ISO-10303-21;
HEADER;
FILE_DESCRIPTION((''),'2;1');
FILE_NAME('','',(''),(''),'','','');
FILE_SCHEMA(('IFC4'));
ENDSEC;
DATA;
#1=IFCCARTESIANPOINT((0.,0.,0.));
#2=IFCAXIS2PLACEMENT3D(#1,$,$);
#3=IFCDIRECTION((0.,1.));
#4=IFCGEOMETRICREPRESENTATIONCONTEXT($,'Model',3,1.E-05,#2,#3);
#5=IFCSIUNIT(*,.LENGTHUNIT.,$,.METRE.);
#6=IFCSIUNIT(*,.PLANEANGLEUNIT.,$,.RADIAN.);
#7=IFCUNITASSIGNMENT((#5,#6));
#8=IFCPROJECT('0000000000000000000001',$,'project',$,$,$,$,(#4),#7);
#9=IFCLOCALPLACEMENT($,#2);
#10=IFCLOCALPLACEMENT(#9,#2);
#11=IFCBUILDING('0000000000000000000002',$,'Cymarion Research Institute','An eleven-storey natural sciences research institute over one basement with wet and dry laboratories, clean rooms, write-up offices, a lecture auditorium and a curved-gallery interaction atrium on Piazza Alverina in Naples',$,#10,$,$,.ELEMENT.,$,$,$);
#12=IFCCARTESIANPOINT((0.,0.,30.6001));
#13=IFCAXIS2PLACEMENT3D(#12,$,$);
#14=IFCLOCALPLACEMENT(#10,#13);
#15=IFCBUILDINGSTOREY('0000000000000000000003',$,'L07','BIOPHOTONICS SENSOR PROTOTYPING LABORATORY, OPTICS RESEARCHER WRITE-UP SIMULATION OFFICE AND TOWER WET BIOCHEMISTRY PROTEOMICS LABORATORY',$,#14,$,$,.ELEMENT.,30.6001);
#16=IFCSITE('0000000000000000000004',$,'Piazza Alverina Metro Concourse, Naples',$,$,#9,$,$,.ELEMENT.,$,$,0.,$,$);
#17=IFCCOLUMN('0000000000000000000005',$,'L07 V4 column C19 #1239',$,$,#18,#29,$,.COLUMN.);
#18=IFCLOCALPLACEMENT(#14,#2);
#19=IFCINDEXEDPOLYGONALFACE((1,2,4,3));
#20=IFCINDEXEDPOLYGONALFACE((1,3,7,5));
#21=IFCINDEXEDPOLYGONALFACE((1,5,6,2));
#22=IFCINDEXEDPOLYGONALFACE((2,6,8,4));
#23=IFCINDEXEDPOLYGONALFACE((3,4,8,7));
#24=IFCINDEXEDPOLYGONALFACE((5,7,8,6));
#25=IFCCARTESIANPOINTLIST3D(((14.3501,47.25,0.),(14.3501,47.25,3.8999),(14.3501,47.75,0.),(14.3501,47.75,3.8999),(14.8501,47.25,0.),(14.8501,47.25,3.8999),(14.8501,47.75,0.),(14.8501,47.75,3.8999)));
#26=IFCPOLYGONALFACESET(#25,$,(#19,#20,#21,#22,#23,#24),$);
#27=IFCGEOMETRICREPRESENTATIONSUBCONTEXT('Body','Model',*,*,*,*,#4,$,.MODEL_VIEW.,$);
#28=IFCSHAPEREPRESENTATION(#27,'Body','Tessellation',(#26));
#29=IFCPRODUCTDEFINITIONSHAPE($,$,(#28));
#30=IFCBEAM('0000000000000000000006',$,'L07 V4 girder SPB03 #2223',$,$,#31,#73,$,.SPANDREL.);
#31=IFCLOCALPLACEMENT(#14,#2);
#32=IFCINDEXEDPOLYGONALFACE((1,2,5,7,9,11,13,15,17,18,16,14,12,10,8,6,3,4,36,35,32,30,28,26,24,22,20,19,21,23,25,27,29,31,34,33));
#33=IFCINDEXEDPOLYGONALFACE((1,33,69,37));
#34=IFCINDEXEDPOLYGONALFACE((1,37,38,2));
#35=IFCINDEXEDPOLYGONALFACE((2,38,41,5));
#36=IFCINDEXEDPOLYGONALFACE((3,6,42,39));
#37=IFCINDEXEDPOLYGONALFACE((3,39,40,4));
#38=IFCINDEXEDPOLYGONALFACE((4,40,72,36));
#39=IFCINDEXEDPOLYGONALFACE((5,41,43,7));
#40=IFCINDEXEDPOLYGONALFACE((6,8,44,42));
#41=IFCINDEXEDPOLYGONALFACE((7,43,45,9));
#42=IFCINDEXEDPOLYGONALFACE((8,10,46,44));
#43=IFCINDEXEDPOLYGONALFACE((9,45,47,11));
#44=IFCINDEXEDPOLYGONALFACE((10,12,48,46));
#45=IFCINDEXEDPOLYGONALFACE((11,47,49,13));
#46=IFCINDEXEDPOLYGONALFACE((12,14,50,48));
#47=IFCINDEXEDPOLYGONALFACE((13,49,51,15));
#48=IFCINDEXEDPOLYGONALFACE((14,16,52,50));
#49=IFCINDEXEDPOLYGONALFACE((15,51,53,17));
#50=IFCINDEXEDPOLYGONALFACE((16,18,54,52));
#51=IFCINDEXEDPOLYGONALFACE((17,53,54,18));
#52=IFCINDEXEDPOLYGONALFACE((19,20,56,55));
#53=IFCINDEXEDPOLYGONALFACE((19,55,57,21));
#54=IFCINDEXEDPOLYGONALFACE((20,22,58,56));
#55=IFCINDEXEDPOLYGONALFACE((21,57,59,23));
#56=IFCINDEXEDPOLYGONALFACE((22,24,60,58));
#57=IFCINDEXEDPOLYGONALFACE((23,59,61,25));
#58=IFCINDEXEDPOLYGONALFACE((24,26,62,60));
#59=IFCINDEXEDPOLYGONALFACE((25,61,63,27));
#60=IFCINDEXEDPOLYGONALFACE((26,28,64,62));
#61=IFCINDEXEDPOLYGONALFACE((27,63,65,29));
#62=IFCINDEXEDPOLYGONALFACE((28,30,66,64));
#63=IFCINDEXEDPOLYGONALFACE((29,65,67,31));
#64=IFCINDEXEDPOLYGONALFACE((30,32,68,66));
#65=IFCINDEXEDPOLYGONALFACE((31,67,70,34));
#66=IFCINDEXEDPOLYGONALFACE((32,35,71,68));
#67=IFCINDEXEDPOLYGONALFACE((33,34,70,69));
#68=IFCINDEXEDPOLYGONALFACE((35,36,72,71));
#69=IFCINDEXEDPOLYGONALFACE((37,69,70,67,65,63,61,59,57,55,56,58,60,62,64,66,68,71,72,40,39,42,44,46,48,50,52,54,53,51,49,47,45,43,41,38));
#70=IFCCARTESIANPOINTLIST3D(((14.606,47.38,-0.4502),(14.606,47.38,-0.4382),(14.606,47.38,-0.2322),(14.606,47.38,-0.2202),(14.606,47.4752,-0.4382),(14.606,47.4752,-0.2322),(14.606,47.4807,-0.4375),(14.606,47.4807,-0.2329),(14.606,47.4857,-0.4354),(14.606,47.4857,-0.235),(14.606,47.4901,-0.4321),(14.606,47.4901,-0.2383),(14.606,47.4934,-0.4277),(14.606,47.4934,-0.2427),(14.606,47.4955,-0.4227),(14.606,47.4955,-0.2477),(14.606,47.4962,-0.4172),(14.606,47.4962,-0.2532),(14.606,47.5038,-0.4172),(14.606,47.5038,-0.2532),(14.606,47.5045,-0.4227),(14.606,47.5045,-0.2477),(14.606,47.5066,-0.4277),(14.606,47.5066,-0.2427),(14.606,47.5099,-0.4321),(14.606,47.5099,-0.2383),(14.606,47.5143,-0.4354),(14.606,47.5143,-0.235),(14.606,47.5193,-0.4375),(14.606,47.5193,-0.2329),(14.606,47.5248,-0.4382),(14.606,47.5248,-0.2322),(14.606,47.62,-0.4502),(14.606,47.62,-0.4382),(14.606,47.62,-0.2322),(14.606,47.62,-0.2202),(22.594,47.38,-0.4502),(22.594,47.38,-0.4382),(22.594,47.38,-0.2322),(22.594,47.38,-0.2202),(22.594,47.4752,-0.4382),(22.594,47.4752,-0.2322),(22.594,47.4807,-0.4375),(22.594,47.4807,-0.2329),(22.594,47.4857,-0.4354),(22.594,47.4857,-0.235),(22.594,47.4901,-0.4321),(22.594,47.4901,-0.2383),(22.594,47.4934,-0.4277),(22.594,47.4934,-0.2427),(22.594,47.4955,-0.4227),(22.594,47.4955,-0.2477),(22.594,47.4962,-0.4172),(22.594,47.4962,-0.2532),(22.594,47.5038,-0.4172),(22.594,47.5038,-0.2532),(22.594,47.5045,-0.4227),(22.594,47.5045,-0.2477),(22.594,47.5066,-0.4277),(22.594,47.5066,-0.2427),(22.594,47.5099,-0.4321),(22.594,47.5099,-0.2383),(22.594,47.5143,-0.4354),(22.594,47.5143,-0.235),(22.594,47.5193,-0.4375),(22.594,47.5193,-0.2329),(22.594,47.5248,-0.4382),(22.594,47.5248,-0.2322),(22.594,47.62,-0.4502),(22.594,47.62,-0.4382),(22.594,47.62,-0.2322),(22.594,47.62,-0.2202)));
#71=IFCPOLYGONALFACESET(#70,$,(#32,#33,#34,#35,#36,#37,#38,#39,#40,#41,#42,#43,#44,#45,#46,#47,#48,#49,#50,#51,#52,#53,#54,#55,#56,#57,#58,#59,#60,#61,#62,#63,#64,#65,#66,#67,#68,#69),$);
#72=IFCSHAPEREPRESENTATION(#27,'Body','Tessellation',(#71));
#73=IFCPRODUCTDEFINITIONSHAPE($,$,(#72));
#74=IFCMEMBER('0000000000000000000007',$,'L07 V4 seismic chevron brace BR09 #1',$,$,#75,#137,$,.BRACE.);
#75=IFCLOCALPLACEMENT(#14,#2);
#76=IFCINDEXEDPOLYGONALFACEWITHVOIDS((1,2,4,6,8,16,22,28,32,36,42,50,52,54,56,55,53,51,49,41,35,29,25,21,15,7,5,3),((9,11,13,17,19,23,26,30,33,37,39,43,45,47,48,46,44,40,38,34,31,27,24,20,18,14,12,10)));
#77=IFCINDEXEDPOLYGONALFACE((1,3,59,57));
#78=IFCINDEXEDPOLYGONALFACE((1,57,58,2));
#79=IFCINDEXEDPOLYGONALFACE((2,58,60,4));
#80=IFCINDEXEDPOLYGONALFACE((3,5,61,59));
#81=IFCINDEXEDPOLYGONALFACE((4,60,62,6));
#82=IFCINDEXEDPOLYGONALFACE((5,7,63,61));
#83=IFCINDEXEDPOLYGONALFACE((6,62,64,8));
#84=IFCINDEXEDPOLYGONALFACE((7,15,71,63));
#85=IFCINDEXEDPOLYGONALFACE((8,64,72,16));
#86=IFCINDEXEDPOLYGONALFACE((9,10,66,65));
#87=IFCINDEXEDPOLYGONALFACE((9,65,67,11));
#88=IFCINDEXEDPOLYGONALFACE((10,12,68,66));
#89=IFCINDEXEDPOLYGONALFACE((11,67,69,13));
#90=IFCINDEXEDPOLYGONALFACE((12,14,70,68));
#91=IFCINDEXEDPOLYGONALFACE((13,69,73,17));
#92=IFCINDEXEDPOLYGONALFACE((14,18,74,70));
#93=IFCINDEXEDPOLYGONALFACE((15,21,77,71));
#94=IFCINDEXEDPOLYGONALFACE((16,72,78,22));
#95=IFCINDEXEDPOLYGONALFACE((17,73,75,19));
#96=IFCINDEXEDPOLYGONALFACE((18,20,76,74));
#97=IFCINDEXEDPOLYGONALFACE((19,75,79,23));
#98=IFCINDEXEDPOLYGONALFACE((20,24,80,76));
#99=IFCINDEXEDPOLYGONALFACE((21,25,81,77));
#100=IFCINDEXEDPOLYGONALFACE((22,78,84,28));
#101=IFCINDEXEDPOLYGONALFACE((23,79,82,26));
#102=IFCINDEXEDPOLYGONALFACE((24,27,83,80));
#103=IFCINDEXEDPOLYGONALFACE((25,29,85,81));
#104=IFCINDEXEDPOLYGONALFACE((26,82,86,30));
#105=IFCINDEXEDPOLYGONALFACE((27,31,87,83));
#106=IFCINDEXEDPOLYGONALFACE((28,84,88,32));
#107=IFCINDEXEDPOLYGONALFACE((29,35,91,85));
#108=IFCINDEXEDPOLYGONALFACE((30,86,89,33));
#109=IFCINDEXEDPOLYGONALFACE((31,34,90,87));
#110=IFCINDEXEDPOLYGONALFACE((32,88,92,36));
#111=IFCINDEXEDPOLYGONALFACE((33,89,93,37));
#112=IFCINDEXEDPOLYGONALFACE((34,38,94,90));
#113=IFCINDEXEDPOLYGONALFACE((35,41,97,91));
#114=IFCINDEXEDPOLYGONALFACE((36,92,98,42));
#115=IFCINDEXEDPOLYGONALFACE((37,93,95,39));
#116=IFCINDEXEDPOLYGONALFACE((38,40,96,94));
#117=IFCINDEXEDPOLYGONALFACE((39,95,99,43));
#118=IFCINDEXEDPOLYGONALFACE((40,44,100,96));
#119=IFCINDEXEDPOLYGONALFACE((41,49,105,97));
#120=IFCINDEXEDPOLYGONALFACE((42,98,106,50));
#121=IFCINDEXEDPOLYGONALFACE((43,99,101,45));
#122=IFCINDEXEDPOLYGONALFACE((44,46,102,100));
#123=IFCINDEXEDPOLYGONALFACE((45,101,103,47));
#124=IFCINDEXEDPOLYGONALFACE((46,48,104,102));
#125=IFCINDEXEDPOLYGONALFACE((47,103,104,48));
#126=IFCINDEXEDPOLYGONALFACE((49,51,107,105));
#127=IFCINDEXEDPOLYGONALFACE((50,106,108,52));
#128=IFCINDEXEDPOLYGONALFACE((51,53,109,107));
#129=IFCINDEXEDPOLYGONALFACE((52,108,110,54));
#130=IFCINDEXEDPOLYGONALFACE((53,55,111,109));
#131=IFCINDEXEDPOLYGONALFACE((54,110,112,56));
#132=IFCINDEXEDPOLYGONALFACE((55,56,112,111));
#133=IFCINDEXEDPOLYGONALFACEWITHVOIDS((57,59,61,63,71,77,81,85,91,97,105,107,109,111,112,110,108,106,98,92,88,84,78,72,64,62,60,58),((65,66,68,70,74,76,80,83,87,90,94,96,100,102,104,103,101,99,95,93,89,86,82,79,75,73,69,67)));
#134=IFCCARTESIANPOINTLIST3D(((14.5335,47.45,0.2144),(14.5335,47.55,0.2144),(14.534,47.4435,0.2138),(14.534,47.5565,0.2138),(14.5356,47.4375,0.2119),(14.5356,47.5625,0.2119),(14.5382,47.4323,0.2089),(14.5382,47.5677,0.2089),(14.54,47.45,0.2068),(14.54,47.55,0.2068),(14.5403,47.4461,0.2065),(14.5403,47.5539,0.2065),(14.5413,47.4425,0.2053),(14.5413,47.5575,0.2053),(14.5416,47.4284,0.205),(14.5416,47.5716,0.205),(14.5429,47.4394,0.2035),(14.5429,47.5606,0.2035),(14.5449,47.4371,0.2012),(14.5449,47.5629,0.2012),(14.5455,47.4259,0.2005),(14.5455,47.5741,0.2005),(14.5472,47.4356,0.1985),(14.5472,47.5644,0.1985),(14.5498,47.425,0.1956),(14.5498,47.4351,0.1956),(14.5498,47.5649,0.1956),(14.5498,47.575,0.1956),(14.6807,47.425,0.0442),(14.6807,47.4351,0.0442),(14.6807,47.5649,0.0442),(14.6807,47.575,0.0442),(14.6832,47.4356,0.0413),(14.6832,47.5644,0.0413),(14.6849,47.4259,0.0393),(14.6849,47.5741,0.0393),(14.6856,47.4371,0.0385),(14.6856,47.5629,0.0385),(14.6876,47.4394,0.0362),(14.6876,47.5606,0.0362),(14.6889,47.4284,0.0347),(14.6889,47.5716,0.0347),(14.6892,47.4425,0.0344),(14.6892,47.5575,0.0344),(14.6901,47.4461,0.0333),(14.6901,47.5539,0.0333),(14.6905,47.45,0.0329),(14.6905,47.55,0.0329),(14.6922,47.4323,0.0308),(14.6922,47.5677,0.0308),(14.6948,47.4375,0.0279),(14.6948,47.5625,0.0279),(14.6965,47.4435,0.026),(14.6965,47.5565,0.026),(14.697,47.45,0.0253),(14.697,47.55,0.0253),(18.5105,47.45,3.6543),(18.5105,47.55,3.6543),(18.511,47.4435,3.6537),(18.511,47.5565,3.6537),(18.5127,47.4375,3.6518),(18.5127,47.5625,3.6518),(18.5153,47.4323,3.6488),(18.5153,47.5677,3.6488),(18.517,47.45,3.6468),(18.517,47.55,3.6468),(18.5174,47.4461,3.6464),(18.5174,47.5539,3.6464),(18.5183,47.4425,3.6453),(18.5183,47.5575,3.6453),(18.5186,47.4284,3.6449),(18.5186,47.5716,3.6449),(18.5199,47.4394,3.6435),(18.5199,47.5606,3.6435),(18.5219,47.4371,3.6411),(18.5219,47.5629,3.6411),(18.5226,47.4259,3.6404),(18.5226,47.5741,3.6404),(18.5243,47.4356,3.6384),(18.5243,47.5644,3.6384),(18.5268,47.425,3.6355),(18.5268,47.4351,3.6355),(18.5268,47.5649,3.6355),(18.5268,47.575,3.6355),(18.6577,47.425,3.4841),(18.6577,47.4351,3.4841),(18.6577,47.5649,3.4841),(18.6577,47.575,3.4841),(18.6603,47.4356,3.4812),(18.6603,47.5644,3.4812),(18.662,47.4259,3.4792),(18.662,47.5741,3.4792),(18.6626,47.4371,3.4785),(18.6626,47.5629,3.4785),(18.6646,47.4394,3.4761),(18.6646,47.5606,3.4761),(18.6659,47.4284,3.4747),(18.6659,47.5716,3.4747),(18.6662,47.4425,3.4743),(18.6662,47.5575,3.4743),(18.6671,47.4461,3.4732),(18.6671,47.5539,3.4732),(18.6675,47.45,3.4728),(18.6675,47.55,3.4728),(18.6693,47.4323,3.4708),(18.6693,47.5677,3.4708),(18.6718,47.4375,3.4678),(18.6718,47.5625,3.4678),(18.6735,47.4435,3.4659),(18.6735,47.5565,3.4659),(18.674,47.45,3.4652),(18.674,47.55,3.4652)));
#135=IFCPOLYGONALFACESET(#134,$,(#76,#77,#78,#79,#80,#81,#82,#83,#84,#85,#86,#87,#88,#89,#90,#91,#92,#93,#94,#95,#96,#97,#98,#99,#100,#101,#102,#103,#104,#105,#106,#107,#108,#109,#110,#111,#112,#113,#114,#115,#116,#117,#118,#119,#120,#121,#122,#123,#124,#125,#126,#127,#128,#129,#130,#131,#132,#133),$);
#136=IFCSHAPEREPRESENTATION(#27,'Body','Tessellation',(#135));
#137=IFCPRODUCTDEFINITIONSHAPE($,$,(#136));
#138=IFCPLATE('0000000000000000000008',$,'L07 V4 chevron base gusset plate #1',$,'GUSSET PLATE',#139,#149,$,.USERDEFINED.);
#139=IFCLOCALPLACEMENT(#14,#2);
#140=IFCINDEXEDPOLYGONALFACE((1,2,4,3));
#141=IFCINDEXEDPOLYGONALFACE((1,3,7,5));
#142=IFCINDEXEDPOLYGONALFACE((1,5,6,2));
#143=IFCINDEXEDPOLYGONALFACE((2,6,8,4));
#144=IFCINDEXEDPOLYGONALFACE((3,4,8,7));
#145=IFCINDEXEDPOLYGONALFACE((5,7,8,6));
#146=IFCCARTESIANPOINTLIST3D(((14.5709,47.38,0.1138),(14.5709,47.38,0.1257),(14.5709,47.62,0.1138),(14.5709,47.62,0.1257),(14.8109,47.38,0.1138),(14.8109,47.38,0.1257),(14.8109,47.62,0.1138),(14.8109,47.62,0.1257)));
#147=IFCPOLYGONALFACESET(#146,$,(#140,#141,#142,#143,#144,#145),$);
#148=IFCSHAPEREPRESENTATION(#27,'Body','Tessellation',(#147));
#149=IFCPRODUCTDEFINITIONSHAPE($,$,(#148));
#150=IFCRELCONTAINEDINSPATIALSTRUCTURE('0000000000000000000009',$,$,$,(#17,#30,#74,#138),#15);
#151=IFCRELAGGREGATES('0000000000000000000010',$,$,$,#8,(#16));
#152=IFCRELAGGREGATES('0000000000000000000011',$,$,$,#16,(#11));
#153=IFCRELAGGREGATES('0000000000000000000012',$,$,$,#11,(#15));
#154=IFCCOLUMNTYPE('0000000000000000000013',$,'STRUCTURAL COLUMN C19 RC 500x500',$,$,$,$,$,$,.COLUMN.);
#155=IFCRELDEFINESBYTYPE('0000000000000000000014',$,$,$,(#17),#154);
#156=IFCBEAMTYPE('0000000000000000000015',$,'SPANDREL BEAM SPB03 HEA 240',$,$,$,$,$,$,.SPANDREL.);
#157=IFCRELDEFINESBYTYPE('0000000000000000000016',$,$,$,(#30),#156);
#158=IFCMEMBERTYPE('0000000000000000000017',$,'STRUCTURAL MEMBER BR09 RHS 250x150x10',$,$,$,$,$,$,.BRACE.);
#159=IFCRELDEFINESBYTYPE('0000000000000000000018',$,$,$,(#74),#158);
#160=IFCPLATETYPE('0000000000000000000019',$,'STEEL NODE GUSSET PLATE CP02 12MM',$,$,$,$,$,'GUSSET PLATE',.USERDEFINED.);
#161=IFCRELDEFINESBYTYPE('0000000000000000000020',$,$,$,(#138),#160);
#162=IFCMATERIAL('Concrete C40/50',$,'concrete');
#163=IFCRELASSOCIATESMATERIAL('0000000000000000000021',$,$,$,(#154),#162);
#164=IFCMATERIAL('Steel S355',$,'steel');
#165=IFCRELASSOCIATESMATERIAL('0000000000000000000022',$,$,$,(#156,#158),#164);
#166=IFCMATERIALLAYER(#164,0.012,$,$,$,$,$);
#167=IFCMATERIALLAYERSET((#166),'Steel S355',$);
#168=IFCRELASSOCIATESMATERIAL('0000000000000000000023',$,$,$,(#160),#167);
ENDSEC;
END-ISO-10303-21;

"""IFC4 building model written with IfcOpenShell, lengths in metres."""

from ifc_helpers import new_model, si_unit, direction, frame, origin, origin_2d, place, context, subcontext, project, spatial, rectangle, hollow_rectangle, i_section, extrude, material, layer, layer_set, material_profile, profile_set, type_object, element, save


model = new_model("IFC4")

# Units and contexts
model_context = context("Model", 3, precision=1e-05, world=origin(), true_north=direction((0.0, 1.0)))
body_context = subcontext(model_context, "Body", "Model", "MODEL_VIEW")
ifc_project = project(units=[si_unit("LENGTHUNIT", "METRE"), si_unit("PLANEANGLEUNIT", "RADIAN")], contexts=[model_context])

# Site, building, storey
site_placement = place(None, origin())
site = spatial("IfcSite", under=ifc_project, at=site_placement, Name="Piazza Alverina Metro Concourse, Naples", CompositionType="ELEMENT", RefElevation=0.0)
building_placement = place(site_placement, origin())
building = spatial("IfcBuilding", under=site, at=building_placement, Name="Cymarion Research Institute", Description="An eleven-storey natural sciences research institute over one basement with wet and dry laboratories, clean rooms, write-up offices, a lecture auditorium and a curved-gallery interaction atrium on Piazza Alverina in Naples", CompositionType="ELEMENT")
storey_placement = place(building_placement, frame((0.0, 0.0, 30.6001)))
storey = spatial("IfcBuildingStorey", under=building, at=storey_placement, Name="L07", Description="BIOPHOTONICS SENSOR PROTOTYPING LABORATORY, OPTICS RESEARCHER WRITE-UP SIMULATION OFFICE AND TOWER WET BIOCHEMISTRY PROTEOMICS LABORATORY", CompositionType="ELEMENT", Elevation=30.6001)

# Column
ifc_material_1 = material(Name="Concrete C40/50", Category="concrete")
ifc_material_profile_1 = material_profile(ifc_material_1, rectangle(XDim=0.5, YDim=0.5, at=origin_2d()), Name="RC 500x500")
ifc_profile_set_1 = profile_set([ifc_material_profile_1], Name="Concrete C40/50")
column_type = type_object("IfcColumnType", Name="STRUCTURAL COLUMN C19 RC 500x500", PredefinedType="COLUMN", material=ifc_profile_set_1)
column_placement = place(storey_placement, frame((14.6001, 47.5, 0.0), z_axis=(0.0, 0.0, 1.0), x_axis=(1.0, 0.0, 0.0)))
element("IfcColumn", 1, at=column_placement, inside=storey, type_object=column_type, Name="L07 V4 column C19 #1239", PredefinedType="COLUMN", context=body_context, shape_type="SweptSolid", body=[
    extrude(rectangle(XDim=0.5, YDim=0.5, at=origin_2d()), origin(), (0.0, 0.0, 1.0), 3.8999),
])

# Beam
ifc_material_2 = material(Name="Steel S355", Category="steel")
ifc_material_profile_2 = material_profile(ifc_material_2, i_section(OverallWidth=0.24, OverallDepth=0.23, WebThickness=0.0076, FlangeThickness=0.012, FilletRadius=0.021, at=origin_2d()), Name="HEA 240")
ifc_profile_set_2 = profile_set([ifc_material_profile_2], Name="Steel S355")
beam_type = type_object("IfcBeamType", Name="SPANDREL BEAM SPB03 HEA 240", PredefinedType="SPANDREL", material=ifc_profile_set_2)
beam_placement = place(storey_placement, frame((14.606, 47.5, -0.3352), z_axis=(1.0, 0.0, 0.0), x_axis=(0.0, 1.0, 0.0)))
element("IfcBeam", 2, at=beam_placement, inside=storey, type_object=beam_type, Name="L07 V4 girder SPB03 #2223", PredefinedType="SPANDREL", context=body_context, shape_type="SweptSolid", body=[
    extrude(i_section(OverallWidth=0.24, OverallDepth=0.23, WebThickness=0.0076, FlangeThickness=0.012, FilletRadius=0.021, at=origin_2d()), origin(), (0.0, 0.0, 1.0), 7.988),
])

# Member
ifc_material_profile_3 = material_profile(ifc_material_2, hollow_rectangle(XDim=0.1499, YDim=0.25, WallThickness=0.01, InnerFilletRadius=0.0149, OuterFilletRadius=0.0249, at=origin_2d()), Name="RHS 250x150x10")
ifc_profile_set_3 = profile_set([ifc_material_profile_3], Name="Steel S355")
member_type = type_object("IfcMemberType", Name="STRUCTURAL MEMBER BR09 RHS 250x150x10", PredefinedType="BRACE", material=ifc_profile_set_3)
member_placement = place(storey_placement, frame((14.6152, 47.5, 0.1199), z_axis=(0.756332, 0.0, 0.654188), x_axis=(0.0, 1.0, 0.0)))
element("IfcMember", 3, at=member_placement, inside=storey, type_object=member_type, Name="L07 V4 seismic chevron brace BR09 #1", PredefinedType="BRACE", context=body_context, shape_type="SweptSolid", body=[
    extrude(hollow_rectangle(XDim=0.1499, YDim=0.25, WallThickness=0.01, InnerFilletRadius=0.0149, OuterFilletRadius=0.0249, at=origin_2d()), origin(), (0.0, 0.0, 1.0), 5.2583),
])

# Plate
ifc_layer_1 = layer(ifc_material_2, 0.012)
ifc_layer_set_1 = layer_set([ifc_layer_1], Name="Steel S355")
plate_type = type_object("IfcPlateType", Name="STEEL NODE GUSSET PLATE CP02 12MM", ElementType="GUSSET PLATE", PredefinedType="USERDEFINED", material=ifc_layer_set_1)
plate_placement = place(storey_placement, frame((14.6909, 47.5, 0.1138), z_axis=(0.0, 0.0, 1.0), x_axis=(1.0, 0.0, 0.0)))
element("IfcPlate", 4, at=plate_placement, inside=storey, type_object=plate_type, Name="L07 V4 chevron base gusset plate #1", ObjectType="GUSSET PLATE", PredefinedType="USERDEFINED", context=body_context, shape_type="SweptSolid", body=[
    extrude(rectangle(XDim=0.24, YDim=0.24, at=origin_2d()), origin(), (0.0, 0.0, 1.0), 0.012),
])

save(model, "model.ifc")
